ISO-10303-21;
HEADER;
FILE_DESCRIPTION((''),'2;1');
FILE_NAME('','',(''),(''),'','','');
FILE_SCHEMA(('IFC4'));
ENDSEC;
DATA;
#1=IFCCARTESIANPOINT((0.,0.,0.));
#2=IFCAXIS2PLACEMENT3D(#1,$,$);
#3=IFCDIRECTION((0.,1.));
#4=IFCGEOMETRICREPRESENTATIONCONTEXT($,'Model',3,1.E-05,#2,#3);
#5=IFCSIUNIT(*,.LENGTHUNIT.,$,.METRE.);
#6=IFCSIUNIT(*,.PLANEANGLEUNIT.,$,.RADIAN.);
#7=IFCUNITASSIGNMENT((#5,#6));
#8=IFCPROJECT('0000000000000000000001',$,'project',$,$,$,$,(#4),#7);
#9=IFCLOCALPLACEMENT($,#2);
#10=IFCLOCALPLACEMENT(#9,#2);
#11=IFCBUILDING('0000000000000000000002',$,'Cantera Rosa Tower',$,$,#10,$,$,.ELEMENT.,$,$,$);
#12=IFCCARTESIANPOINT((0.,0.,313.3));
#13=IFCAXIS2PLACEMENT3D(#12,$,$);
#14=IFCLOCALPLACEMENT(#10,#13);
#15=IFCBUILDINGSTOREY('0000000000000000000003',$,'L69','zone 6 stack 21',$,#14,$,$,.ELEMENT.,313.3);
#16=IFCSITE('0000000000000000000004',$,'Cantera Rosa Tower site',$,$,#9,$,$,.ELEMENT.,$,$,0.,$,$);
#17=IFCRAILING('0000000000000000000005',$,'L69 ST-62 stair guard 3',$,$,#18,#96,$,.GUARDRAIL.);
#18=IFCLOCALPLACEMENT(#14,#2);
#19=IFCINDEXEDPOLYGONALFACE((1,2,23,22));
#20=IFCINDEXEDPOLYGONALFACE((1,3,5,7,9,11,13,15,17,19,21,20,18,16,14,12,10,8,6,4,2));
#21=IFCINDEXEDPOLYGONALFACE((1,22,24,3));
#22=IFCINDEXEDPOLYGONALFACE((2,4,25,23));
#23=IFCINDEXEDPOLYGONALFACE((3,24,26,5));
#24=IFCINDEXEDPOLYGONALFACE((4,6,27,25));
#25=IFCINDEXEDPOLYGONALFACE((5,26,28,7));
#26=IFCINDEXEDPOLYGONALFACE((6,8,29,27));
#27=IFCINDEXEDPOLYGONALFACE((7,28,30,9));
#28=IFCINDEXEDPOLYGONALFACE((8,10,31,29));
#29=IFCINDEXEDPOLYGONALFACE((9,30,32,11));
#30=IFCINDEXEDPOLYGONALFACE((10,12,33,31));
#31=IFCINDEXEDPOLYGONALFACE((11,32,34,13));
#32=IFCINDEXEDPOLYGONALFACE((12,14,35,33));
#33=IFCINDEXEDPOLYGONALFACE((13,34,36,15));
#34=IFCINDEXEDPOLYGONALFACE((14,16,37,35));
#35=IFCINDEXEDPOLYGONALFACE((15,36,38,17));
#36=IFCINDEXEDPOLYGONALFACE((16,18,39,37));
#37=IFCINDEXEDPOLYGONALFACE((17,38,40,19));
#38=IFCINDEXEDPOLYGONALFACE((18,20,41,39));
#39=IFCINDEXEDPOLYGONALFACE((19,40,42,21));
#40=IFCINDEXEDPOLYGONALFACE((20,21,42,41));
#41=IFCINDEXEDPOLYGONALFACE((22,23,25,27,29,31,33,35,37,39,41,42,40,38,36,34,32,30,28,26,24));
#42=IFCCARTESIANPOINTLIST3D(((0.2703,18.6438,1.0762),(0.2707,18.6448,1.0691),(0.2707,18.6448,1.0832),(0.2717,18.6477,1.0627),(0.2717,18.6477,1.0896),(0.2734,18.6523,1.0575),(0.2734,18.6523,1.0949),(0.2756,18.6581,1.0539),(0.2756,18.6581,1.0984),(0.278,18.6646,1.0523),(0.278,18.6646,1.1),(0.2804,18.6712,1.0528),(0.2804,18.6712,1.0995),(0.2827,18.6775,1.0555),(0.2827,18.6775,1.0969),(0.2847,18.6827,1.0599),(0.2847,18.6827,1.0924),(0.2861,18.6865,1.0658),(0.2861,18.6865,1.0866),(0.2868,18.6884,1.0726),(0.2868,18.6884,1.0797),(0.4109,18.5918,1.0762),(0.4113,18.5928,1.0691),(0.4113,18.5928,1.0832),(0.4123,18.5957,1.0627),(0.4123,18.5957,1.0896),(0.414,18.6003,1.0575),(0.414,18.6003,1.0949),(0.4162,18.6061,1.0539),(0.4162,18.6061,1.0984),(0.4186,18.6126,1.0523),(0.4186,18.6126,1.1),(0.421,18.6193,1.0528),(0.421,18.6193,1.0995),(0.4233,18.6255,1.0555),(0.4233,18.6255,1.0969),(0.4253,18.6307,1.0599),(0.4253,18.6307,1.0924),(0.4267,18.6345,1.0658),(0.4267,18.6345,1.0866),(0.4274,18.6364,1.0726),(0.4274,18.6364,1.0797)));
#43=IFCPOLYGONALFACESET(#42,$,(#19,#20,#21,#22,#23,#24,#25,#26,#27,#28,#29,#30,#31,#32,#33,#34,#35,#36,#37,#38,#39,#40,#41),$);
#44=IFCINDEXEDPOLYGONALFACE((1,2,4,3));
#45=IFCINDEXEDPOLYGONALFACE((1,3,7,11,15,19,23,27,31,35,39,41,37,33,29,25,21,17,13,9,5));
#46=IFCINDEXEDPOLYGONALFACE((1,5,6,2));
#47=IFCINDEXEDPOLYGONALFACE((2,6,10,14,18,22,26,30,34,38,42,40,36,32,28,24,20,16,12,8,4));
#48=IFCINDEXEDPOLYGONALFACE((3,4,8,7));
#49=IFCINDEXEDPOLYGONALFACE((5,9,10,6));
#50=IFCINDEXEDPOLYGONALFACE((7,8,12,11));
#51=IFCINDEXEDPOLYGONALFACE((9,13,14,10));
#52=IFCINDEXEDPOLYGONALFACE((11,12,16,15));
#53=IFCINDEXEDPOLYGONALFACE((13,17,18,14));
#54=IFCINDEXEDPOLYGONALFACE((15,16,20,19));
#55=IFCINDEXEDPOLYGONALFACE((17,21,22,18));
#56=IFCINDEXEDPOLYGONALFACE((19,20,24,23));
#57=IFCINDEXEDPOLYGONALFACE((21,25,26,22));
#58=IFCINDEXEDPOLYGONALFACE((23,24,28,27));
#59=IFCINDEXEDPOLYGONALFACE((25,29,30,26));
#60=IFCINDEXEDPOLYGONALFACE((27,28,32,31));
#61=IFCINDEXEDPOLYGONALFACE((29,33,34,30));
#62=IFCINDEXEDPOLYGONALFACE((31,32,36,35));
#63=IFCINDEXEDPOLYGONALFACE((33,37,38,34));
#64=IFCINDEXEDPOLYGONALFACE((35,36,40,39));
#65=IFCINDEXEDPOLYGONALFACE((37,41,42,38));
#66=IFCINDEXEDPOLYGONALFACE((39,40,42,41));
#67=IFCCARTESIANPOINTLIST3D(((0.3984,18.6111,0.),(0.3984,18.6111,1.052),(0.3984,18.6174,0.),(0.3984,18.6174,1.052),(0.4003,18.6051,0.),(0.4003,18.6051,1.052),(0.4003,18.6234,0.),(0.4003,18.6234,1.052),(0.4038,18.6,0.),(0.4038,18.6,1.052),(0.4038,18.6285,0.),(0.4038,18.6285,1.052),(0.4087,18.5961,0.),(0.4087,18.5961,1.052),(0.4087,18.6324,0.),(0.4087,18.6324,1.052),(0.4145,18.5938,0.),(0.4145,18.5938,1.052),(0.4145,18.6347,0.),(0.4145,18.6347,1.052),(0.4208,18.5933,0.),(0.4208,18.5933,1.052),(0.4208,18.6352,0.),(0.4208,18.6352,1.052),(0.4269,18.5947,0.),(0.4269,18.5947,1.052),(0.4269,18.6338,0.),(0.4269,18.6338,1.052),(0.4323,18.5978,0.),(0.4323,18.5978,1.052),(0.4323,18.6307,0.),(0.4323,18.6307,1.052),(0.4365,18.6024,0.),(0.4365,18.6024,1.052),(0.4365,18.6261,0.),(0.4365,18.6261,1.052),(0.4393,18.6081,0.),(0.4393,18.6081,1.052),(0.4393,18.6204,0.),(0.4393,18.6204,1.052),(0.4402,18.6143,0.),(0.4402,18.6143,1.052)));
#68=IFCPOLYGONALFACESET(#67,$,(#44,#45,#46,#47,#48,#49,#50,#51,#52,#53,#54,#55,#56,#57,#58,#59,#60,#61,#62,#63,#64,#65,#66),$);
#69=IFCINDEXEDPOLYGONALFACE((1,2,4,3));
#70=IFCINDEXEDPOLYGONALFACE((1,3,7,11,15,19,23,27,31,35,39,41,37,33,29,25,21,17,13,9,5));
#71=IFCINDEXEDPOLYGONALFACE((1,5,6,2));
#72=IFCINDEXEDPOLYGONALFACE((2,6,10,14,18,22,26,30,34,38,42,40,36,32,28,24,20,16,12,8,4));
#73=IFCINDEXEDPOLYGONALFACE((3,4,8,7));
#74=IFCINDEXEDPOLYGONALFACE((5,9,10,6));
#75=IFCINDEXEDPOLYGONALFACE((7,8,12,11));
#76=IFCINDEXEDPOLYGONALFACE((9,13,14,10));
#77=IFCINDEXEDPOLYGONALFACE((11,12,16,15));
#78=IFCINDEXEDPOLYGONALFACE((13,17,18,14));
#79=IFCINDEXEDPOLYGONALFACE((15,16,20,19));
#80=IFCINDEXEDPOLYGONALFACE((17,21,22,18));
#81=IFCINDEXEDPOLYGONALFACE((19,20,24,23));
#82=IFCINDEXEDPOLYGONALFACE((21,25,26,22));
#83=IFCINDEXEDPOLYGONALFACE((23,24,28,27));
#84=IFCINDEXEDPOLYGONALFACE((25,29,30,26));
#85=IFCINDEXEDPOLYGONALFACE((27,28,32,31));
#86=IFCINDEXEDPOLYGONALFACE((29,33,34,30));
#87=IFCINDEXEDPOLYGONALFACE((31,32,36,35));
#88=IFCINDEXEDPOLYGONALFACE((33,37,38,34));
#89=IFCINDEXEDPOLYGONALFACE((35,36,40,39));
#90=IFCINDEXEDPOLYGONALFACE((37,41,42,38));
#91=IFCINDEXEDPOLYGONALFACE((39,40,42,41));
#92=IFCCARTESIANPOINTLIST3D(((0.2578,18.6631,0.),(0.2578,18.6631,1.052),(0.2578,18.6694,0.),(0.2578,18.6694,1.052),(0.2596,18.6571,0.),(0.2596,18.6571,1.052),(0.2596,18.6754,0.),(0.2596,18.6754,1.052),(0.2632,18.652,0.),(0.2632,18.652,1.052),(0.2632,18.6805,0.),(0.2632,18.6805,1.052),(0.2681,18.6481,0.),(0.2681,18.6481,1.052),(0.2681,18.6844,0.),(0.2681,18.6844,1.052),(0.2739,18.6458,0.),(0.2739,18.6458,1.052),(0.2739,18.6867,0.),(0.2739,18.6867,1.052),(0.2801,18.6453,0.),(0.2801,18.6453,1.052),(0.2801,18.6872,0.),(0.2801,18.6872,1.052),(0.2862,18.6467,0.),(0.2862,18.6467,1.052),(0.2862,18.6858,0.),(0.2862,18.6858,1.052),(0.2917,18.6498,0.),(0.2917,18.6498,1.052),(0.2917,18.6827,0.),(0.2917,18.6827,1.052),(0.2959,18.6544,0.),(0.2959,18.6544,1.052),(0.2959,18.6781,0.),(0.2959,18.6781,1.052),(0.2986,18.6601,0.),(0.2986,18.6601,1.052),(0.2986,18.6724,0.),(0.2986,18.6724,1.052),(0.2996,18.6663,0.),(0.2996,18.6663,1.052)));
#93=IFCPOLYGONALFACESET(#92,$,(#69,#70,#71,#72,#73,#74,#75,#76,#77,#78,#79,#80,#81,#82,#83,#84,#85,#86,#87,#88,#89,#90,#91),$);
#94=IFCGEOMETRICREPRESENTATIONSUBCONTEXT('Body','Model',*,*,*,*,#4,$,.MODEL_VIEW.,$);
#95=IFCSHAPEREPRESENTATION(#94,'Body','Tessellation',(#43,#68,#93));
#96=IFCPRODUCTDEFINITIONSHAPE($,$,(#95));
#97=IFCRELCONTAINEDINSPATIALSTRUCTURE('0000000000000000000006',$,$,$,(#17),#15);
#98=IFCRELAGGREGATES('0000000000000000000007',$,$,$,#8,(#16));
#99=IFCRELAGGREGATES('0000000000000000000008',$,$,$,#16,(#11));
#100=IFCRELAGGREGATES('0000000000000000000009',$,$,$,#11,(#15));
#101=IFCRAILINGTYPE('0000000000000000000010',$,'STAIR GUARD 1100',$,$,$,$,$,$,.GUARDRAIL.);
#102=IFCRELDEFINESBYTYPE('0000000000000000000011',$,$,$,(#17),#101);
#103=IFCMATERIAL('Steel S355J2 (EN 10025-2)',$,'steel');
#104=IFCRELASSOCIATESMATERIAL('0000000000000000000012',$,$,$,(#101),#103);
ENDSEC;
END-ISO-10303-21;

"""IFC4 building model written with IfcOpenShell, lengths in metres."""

from ifc_helpers import new_model, si_unit, direction, frame, origin, origin_2d, place, context, subcontext, project, spatial, circle, extrude, material, type_object, element, save


model = new_model("IFC4")

# Units and contexts
model_context = context("Model", 3, precision=1e-05, world=origin(), true_north=direction((0.0, 1.0)))
body_context = subcontext(model_context, "Body", "Model", "MODEL_VIEW")
ifc_project = project(units=[si_unit("LENGTHUNIT", "METRE"), si_unit("PLANEANGLEUNIT", "RADIAN")], contexts=[model_context])

# Site, building, storey
site_placement = place(None, origin())
site = spatial("IfcSite", under=ifc_project, at=site_placement, Name="Cantera Rosa Tower site", CompositionType="ELEMENT", RefElevation=0.0)
building_placement = place(site_placement, origin())
building = spatial("IfcBuilding", under=site, at=building_placement, Name="Cantera Rosa Tower", CompositionType="ELEMENT")
storey_placement = place(building_placement, frame((0.0, 0.0, 313.3)))
storey = spatial("IfcBuildingStorey", under=building, at=storey_placement, Name="L69", Description="zone 6 stack 21", CompositionType="ELEMENT", Elevation=313.3)

# Railing
ifc_material_1 = material(Name="Steel S355J2 (EN 10025-2)", Category="steel")
railing_type_1 = type_object("IfcRailingType", Name="STAIR GUARD 1100", PredefinedType="GUARDRAIL", material=ifc_material_1)
railing_1_placement = place(storey_placement, frame((0.4192, 18.6143, 0.0)))
element("IfcRailing", 1, at=railing_1_placement, inside=storey, type_object=railing_type_1, Name="L69 ST-62 stair guard 3", PredefinedType="GUARDRAIL", context=body_context, shape_type="SweptSolid", body=[
    extrude(circle(Radius=0.0239, at=origin_2d()), frame((0.0, 0.0, 1.0762), z_axis=(-0.937925, 0.346837, 0.0), x_axis=(-0.346837, -0.937925, 0.0)), (0.0, 0.0, 1.0), 0.1499),
    extrude(circle(Radius=0.021, at=origin_2d()), origin(), (0.0, 0.0, 1.0), 1.052),
    extrude(circle(Radius=0.021, at=origin_2d()), frame((-0.1406, 0.052, 0.0)), (0.0, 0.0, 1.0), 1.052),
])

save(model, "model.ifc")
